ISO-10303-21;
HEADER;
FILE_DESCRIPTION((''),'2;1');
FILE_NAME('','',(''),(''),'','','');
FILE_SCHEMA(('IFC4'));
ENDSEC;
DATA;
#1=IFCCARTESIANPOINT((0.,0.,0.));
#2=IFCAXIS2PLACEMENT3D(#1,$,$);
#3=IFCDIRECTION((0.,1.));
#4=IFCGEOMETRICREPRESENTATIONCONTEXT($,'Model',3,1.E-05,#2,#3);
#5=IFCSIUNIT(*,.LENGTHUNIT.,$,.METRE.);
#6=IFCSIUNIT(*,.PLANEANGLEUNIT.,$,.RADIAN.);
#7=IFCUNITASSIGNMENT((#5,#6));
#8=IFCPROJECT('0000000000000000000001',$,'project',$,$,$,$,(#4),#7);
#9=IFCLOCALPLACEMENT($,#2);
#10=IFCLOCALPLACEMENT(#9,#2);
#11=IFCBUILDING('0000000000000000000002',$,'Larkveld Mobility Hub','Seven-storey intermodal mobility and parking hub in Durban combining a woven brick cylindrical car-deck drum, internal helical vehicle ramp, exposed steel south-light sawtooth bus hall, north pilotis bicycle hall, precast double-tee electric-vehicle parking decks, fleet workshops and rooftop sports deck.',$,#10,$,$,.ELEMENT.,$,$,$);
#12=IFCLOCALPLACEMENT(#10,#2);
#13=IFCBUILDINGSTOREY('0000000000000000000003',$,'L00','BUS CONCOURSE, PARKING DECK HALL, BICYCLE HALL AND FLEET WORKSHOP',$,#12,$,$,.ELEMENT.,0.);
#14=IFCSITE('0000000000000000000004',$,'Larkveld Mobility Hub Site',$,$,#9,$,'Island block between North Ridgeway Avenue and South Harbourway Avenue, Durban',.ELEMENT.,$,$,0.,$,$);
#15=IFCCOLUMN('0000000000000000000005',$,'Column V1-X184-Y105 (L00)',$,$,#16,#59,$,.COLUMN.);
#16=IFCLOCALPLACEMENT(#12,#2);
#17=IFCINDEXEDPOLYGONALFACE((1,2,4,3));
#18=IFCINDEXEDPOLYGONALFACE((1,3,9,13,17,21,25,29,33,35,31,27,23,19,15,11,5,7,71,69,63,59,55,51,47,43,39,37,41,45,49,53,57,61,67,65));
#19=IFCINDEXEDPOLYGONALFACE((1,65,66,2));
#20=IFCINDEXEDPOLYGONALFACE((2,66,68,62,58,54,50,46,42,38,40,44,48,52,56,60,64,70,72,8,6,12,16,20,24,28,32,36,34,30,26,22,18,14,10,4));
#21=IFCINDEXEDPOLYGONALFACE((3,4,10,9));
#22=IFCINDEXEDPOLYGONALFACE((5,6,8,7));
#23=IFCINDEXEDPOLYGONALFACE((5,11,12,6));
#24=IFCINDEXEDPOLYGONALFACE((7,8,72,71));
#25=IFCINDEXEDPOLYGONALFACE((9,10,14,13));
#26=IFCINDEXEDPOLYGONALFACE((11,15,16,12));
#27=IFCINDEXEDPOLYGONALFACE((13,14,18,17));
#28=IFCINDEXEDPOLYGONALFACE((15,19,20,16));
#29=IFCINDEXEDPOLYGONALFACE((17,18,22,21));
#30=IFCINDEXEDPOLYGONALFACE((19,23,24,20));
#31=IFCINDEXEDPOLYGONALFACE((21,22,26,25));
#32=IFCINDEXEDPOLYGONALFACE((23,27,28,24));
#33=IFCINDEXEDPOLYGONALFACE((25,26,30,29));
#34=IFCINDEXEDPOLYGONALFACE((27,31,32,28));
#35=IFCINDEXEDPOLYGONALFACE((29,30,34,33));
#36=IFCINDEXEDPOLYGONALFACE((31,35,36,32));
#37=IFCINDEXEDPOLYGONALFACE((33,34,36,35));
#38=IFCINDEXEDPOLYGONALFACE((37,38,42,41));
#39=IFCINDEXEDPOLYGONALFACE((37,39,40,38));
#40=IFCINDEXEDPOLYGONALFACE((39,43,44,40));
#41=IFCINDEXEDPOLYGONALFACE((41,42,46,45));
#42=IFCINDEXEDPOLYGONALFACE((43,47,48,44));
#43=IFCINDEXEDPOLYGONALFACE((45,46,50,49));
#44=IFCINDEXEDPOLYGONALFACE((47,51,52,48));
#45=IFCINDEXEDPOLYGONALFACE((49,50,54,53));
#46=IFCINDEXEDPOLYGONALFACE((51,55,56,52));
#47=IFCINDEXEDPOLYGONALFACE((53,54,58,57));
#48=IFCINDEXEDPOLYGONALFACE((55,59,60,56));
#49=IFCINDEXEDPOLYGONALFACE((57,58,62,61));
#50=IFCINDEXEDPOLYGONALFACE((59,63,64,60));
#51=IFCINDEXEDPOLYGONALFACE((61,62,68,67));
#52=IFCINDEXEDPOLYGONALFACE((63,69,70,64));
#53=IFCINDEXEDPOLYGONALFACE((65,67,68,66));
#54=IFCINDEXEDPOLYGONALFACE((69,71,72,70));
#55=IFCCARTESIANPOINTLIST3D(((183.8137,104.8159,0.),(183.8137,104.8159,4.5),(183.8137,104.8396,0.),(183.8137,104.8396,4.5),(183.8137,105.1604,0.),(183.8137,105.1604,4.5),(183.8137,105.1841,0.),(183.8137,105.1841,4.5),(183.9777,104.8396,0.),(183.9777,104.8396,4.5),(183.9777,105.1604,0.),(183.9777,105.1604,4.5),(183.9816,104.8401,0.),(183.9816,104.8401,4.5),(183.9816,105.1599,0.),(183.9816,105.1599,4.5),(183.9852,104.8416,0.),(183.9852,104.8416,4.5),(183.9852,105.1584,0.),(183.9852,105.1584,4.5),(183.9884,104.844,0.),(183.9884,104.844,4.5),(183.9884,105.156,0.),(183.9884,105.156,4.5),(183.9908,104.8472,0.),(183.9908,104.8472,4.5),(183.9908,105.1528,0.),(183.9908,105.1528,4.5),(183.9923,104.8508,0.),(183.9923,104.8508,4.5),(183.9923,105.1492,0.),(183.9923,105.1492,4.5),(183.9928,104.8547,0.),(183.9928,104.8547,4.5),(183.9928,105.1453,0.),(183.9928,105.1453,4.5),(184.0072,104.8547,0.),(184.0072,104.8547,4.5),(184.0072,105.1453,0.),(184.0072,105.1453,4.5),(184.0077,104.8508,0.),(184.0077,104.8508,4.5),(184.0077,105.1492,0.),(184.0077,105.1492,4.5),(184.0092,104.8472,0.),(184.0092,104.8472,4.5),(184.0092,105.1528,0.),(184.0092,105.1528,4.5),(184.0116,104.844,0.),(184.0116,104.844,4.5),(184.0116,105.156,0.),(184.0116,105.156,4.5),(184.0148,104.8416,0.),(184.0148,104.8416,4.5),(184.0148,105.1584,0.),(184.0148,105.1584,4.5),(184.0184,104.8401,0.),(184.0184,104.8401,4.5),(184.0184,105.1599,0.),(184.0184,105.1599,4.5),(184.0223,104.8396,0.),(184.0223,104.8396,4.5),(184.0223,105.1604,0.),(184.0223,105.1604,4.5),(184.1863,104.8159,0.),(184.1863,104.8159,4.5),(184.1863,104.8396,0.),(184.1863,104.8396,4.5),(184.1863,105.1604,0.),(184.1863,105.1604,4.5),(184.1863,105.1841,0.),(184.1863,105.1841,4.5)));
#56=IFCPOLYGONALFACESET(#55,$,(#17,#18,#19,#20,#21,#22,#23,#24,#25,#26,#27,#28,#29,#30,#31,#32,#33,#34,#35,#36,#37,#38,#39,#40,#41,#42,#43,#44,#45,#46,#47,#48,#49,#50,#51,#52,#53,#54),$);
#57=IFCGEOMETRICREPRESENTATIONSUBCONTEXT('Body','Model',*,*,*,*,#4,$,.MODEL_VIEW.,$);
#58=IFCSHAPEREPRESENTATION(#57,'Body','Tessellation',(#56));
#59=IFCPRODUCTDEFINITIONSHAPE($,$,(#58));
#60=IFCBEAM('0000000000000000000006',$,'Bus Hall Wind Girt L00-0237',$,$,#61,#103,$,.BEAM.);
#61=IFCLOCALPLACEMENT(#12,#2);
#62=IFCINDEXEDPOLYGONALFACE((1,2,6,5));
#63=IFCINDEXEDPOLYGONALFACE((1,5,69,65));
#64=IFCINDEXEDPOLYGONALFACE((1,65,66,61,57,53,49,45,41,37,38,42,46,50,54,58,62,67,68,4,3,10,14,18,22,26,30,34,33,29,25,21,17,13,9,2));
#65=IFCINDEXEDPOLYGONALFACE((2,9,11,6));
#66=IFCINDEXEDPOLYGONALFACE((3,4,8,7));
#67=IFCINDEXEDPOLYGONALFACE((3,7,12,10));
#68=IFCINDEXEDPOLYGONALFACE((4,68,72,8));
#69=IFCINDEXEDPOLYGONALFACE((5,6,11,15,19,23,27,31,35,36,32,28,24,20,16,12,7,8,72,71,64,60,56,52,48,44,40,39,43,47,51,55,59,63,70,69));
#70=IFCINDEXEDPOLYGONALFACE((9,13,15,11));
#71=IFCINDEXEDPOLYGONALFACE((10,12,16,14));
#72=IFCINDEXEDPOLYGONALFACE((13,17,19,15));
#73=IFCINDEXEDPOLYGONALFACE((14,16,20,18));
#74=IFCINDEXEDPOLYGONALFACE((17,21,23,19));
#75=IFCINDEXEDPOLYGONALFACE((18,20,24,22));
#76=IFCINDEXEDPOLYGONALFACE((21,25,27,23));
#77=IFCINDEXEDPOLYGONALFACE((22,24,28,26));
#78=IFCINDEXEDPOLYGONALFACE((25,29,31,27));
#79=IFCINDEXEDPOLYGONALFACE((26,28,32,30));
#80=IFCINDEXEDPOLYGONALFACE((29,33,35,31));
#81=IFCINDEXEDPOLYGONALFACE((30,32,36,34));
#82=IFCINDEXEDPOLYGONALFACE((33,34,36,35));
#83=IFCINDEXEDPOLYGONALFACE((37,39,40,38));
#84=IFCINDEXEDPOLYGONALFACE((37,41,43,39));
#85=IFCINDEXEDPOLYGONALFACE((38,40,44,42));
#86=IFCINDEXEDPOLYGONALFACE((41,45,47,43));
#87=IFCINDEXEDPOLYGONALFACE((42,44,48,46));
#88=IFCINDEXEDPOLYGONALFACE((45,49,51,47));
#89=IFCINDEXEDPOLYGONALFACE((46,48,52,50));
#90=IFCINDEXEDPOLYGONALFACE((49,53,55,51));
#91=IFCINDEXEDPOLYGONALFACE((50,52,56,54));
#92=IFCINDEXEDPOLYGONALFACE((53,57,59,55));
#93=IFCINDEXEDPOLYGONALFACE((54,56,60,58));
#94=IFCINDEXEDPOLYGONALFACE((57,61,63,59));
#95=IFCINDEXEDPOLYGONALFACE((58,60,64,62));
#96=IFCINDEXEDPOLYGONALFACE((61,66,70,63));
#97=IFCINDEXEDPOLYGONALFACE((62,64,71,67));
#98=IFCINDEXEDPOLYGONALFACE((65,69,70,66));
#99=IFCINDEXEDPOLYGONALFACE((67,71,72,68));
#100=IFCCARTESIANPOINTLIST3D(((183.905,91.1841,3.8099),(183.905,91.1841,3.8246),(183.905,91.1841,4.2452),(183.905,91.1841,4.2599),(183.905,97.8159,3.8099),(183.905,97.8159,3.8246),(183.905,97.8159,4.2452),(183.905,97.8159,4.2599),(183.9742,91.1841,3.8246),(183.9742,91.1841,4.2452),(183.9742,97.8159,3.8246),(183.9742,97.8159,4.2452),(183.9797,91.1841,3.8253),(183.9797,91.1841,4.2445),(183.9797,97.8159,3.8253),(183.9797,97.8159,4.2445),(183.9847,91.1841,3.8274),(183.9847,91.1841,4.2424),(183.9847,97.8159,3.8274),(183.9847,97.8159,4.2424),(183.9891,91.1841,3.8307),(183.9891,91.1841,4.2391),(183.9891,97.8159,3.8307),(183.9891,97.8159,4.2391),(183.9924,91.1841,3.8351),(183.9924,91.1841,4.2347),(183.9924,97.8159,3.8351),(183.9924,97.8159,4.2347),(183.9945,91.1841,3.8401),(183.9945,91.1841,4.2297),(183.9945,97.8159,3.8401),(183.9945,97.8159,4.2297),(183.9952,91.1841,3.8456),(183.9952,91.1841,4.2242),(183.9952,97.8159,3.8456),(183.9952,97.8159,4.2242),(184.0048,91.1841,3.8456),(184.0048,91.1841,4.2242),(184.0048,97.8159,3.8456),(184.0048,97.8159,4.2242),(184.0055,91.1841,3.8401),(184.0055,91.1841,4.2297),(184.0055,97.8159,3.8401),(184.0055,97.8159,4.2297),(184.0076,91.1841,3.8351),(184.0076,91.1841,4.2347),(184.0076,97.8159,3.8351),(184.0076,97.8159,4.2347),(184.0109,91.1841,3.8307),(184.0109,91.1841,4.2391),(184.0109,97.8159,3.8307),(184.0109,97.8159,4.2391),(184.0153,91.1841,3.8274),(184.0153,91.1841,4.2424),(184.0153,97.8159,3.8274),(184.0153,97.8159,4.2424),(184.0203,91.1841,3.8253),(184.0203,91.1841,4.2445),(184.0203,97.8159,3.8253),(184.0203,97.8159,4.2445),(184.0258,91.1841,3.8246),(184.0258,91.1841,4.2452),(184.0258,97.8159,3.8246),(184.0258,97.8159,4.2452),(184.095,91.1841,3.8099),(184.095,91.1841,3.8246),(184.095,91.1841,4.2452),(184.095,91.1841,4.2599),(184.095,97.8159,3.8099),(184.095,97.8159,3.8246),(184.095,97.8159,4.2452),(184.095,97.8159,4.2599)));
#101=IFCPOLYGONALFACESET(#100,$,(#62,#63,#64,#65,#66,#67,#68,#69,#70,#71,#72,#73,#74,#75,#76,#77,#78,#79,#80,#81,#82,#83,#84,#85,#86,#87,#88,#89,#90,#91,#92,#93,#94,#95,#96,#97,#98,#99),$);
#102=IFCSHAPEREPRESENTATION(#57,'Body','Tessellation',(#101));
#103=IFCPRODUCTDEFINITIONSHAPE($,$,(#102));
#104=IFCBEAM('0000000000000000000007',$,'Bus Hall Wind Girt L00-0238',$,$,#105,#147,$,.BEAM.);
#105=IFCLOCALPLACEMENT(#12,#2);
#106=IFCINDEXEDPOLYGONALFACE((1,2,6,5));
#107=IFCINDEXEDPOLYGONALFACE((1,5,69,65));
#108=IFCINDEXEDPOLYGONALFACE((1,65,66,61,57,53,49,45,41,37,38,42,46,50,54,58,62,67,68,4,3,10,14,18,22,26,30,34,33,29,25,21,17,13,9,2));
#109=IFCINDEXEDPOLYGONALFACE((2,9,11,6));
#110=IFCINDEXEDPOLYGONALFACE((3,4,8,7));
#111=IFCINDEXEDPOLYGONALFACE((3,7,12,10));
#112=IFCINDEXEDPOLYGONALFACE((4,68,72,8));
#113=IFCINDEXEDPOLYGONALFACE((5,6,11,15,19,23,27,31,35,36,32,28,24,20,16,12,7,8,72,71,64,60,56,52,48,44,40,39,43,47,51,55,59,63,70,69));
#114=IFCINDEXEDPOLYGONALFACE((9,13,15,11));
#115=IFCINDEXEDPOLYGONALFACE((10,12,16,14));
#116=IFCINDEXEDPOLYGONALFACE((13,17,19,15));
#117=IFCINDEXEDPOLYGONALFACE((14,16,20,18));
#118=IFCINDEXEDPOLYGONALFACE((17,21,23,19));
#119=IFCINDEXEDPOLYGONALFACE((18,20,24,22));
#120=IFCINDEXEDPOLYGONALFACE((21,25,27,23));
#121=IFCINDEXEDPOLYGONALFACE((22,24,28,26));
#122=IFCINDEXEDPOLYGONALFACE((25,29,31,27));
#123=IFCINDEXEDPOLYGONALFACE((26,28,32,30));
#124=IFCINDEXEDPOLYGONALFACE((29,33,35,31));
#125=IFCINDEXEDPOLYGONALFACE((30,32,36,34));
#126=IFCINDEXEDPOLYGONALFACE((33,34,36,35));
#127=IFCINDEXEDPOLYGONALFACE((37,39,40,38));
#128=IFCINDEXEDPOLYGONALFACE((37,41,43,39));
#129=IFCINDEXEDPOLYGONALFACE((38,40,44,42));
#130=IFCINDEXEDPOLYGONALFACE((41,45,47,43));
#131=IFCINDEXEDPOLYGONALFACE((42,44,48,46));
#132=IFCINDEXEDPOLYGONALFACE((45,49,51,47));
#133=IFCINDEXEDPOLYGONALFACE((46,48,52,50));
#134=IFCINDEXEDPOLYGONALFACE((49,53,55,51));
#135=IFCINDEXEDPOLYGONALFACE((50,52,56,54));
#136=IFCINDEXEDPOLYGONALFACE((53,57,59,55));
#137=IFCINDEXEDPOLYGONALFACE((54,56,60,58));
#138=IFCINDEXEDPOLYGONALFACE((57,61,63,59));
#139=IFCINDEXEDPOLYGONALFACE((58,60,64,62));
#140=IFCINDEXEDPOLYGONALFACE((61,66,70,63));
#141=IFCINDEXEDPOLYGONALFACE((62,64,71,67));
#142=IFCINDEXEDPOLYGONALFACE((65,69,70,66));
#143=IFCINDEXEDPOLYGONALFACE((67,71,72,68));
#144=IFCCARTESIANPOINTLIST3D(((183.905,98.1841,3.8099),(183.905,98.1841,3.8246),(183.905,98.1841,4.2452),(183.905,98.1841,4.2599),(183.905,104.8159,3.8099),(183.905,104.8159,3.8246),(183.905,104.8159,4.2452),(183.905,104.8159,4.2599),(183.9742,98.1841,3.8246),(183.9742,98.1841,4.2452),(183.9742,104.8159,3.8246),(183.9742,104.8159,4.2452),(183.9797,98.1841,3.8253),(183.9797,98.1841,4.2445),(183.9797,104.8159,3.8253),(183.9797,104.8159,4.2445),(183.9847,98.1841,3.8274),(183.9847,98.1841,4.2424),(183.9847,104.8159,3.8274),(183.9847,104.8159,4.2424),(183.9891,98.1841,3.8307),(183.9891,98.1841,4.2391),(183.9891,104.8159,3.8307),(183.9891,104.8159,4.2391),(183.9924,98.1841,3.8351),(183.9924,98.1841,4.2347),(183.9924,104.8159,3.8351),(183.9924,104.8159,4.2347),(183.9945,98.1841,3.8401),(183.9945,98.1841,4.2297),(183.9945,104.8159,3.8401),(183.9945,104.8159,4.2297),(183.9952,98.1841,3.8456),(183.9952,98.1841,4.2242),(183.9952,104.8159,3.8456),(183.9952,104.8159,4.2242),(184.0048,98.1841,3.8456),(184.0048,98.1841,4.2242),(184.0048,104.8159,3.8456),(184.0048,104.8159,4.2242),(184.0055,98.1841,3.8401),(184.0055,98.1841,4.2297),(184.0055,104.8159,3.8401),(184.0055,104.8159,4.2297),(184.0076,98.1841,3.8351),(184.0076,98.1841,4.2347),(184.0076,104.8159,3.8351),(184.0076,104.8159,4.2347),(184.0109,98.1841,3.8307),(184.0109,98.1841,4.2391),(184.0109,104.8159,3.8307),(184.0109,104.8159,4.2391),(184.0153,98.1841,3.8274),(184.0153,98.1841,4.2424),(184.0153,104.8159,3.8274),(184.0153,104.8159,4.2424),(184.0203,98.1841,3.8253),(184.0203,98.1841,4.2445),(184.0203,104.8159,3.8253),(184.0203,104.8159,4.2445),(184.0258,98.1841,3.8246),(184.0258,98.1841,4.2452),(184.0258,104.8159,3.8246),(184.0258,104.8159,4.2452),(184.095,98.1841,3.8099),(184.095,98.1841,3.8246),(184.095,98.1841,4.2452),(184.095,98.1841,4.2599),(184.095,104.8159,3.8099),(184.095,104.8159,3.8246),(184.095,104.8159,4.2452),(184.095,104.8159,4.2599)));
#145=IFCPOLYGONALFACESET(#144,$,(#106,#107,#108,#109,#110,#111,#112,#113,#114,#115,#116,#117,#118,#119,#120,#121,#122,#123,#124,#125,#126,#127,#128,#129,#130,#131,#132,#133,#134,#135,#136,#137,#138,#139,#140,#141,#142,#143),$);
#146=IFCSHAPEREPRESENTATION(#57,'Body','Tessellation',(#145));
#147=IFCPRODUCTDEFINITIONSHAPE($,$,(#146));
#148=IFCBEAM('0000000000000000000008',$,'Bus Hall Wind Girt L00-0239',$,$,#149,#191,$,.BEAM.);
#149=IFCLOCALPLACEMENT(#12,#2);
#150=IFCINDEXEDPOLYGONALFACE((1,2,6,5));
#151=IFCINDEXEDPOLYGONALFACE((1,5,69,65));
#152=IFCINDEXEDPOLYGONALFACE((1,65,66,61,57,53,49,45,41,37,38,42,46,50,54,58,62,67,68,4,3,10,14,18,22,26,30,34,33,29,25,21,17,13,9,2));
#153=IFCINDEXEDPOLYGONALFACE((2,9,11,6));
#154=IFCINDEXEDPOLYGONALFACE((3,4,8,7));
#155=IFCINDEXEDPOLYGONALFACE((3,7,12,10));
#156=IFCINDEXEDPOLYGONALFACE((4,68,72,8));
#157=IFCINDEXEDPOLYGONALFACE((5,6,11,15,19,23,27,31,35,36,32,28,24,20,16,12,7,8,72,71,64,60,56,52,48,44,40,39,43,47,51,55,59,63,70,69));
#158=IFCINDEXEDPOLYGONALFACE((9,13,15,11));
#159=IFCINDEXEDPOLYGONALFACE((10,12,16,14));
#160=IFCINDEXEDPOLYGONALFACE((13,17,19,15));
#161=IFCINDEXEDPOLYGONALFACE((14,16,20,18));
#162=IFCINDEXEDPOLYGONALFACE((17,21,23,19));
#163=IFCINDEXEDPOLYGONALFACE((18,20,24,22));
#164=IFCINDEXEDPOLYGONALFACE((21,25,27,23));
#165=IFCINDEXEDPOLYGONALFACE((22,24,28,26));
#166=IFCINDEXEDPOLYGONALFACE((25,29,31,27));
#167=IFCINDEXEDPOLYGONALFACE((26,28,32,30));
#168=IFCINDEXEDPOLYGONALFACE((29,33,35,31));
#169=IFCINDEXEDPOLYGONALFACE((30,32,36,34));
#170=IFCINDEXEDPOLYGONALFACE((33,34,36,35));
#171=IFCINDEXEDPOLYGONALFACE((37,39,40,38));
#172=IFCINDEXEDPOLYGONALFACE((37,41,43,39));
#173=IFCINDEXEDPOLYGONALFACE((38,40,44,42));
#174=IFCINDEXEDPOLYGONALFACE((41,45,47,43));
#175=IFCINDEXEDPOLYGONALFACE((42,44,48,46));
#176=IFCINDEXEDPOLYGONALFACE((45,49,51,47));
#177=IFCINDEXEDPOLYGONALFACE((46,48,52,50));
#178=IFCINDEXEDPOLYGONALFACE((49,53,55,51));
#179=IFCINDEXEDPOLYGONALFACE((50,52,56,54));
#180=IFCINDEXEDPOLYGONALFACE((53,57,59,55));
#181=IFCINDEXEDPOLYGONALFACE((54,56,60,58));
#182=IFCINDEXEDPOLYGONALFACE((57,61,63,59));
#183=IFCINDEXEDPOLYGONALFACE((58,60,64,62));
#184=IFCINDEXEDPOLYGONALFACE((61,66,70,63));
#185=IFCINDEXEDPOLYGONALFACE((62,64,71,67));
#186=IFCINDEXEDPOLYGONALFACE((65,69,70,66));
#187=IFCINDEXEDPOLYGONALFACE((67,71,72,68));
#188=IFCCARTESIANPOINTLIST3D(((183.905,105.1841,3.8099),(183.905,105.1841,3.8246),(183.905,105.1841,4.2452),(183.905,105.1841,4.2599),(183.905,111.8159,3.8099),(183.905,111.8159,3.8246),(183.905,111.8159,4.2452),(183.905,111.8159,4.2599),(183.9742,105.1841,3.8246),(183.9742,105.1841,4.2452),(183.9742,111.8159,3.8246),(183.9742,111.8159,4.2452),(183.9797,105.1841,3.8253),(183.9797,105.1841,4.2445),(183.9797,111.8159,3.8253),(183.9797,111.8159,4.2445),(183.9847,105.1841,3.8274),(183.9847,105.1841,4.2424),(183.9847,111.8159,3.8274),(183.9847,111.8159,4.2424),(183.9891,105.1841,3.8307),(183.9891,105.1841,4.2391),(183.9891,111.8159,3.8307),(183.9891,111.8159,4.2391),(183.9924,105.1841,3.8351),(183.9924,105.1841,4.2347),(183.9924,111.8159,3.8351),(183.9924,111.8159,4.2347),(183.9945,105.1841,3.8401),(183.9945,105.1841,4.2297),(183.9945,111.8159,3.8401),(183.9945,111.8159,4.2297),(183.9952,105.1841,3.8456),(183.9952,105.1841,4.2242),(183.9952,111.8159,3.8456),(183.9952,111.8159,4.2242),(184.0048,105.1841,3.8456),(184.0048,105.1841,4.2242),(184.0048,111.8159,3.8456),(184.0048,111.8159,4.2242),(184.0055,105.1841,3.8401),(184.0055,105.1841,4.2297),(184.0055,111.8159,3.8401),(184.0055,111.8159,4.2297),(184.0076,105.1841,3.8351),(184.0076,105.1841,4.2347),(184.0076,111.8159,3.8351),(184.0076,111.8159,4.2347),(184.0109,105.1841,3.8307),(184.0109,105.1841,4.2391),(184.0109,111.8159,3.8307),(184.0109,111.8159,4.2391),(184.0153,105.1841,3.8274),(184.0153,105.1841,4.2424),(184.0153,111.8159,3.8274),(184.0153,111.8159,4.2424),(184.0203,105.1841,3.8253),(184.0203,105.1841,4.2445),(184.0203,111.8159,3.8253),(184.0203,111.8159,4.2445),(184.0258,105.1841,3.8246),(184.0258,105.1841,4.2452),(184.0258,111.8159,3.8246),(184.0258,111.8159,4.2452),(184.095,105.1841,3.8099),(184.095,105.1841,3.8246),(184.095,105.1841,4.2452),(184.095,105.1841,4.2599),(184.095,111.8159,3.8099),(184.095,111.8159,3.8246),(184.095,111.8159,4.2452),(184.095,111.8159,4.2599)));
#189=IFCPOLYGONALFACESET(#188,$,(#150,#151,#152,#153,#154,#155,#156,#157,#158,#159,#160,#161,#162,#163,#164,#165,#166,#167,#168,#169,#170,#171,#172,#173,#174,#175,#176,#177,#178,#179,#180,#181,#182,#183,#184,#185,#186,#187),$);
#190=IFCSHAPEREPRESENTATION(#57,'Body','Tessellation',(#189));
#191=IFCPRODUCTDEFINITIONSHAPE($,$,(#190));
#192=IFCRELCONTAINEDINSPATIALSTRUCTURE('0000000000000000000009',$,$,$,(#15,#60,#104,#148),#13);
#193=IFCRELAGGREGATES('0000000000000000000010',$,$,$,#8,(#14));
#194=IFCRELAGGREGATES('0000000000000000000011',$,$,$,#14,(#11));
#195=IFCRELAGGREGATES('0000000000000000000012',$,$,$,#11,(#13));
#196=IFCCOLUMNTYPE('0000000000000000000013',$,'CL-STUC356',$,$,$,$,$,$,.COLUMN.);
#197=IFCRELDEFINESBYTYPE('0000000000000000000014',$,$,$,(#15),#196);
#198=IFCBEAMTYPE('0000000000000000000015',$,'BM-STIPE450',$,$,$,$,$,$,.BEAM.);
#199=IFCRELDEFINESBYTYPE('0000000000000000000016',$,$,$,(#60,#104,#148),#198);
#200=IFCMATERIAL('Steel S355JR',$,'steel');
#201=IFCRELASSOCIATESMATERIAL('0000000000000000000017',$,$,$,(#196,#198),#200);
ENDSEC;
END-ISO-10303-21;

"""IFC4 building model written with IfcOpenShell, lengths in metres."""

from ifc_helpers import new_model, si_unit, direction, frame, origin, origin_2d, place, context, subcontext, project, spatial, i_section, extrude, material, material_profile, profile_set, type_object, element, save


model = new_model("IFC4")

# Units and contexts
model_context = context("Model", 3, precision=1e-05, world=origin(), true_north=direction((0.0, 1.0)))
body_context = subcontext(model_context, "Body", "Model", "MODEL_VIEW")
ifc_project = project(units=[si_unit("LENGTHUNIT", "METRE"), si_unit("PLANEANGLEUNIT", "RADIAN")], contexts=[model_context])

# Site, building, storey
site_placement = place(None, origin())
site = spatial("IfcSite", under=ifc_project, at=site_placement, Name="Larkveld Mobility Hub Site", LongName="Island block between North Ridgeway Avenue and South Harbourway Avenue, Durban", CompositionType="ELEMENT", RefElevation=0.0)
building_placement = place(site_placement, origin())
building = spatial("IfcBuilding", under=site, at=building_placement, Name="Larkveld Mobility Hub", Description="Seven-storey intermodal mobility and parking hub in Durban combining a woven brick cylindrical car-deck drum, internal helical vehicle ramp, exposed steel south-light sawtooth bus hall, north pilotis bicycle hall, precast double-tee electric-vehicle parking decks, fleet workshops and rooftop sports deck.", CompositionType="ELEMENT")
storey_placement = place(building_placement, origin())
storey = spatial("IfcBuildingStorey", under=building, at=storey_placement, Name="L00", Description="BUS CONCOURSE, PARKING DECK HALL, BICYCLE HALL AND FLEET WORKSHOP", CompositionType="ELEMENT", Elevation=0.0)

# Column
ifc_material_1 = material(Name="Steel S355JR", Category="steel")
ifc_material_profile_1 = material_profile(ifc_material_1, i_section(OverallWidth=0.3726, OverallDepth=0.3682, WebThickness=0.0144, FlangeThickness=0.0237, FilletRadius=0.0151, at=origin_2d()), Name="UC 356x368x177")
ifc_profile_set_1 = profile_set([ifc_material_profile_1], Name="Steel S355JR")
column_type_1 = type_object("IfcColumnType", Name="CL-STUC356", PredefinedType="COLUMN", material=ifc_profile_set_1)
for number, where, z_axis, x_axis, name in (
    (1, (184.0, 105.0, 0.0), (0.0, 0.0, 1.0), (1.0, 0.0, 0.0), "Column V1-X184-Y105 (L00)"),
):
    element("IfcColumn", number, at=place(storey_placement, frame(where, z_axis=z_axis, x_axis=x_axis)), inside=storey, type_object=column_type_1, Name=name, PredefinedType="COLUMN", context=body_context, shape_type="SweptSolid", body=[
        extrude(i_section(OverallWidth=0.3726, OverallDepth=0.3682, WebThickness=0.0144, FlangeThickness=0.0237, FilletRadius=0.0151, at=origin_2d()), origin(), (0.0, 0.0, 1.0), 4.5),
    ])

# Beams
ifc_material_profile_2 = material_profile(ifc_material_1, i_section(OverallWidth=0.1899, OverallDepth=0.45, WebThickness=0.0095, FlangeThickness=0.0146, FilletRadius=0.021, at=origin_2d()), Name="IPE 450")
ifc_profile_set_2 = profile_set([ifc_material_profile_2], Name="Steel S355JR")
beam_type = type_object("IfcBeamType", Name="BM-STIPE450", PredefinedType="BEAM", material=ifc_profile_set_2)
for number, where, z_axis, x_axis, name in (
    (2, (184.0, 91.1841, 4.0349), (0.0, 1.0, 0.0), (-1.0, 0.0, 0.0), "Bus Hall Wind Girt L00-0237"),
    (3, (184.0, 98.1841, 4.0349), (0.0, 1.0, 0.0), (-1.0, 0.0, 0.0), "Bus Hall Wind Girt L00-0238"),
    (4, (184.0, 105.1841, 4.0349), (0.0, 1.0, 0.0), (-1.0, 0.0, 0.0), "Bus Hall Wind Girt L00-0239"),
):
    element("IfcBeam", number, at=place(storey_placement, frame(where, z_axis=z_axis, x_axis=x_axis)), inside=storey, type_object=beam_type, Name=name, PredefinedType="BEAM", context=body_context, shape_type="SweptSolid", body=[
        extrude(i_section(OverallWidth=0.1899, OverallDepth=0.45, WebThickness=0.0095, FlangeThickness=0.0146, FilletRadius=0.021, at=origin_2d()), origin(), (0.0, 0.0, 1.0), 6.6318),
    ])

save(model, "model.ifc")
